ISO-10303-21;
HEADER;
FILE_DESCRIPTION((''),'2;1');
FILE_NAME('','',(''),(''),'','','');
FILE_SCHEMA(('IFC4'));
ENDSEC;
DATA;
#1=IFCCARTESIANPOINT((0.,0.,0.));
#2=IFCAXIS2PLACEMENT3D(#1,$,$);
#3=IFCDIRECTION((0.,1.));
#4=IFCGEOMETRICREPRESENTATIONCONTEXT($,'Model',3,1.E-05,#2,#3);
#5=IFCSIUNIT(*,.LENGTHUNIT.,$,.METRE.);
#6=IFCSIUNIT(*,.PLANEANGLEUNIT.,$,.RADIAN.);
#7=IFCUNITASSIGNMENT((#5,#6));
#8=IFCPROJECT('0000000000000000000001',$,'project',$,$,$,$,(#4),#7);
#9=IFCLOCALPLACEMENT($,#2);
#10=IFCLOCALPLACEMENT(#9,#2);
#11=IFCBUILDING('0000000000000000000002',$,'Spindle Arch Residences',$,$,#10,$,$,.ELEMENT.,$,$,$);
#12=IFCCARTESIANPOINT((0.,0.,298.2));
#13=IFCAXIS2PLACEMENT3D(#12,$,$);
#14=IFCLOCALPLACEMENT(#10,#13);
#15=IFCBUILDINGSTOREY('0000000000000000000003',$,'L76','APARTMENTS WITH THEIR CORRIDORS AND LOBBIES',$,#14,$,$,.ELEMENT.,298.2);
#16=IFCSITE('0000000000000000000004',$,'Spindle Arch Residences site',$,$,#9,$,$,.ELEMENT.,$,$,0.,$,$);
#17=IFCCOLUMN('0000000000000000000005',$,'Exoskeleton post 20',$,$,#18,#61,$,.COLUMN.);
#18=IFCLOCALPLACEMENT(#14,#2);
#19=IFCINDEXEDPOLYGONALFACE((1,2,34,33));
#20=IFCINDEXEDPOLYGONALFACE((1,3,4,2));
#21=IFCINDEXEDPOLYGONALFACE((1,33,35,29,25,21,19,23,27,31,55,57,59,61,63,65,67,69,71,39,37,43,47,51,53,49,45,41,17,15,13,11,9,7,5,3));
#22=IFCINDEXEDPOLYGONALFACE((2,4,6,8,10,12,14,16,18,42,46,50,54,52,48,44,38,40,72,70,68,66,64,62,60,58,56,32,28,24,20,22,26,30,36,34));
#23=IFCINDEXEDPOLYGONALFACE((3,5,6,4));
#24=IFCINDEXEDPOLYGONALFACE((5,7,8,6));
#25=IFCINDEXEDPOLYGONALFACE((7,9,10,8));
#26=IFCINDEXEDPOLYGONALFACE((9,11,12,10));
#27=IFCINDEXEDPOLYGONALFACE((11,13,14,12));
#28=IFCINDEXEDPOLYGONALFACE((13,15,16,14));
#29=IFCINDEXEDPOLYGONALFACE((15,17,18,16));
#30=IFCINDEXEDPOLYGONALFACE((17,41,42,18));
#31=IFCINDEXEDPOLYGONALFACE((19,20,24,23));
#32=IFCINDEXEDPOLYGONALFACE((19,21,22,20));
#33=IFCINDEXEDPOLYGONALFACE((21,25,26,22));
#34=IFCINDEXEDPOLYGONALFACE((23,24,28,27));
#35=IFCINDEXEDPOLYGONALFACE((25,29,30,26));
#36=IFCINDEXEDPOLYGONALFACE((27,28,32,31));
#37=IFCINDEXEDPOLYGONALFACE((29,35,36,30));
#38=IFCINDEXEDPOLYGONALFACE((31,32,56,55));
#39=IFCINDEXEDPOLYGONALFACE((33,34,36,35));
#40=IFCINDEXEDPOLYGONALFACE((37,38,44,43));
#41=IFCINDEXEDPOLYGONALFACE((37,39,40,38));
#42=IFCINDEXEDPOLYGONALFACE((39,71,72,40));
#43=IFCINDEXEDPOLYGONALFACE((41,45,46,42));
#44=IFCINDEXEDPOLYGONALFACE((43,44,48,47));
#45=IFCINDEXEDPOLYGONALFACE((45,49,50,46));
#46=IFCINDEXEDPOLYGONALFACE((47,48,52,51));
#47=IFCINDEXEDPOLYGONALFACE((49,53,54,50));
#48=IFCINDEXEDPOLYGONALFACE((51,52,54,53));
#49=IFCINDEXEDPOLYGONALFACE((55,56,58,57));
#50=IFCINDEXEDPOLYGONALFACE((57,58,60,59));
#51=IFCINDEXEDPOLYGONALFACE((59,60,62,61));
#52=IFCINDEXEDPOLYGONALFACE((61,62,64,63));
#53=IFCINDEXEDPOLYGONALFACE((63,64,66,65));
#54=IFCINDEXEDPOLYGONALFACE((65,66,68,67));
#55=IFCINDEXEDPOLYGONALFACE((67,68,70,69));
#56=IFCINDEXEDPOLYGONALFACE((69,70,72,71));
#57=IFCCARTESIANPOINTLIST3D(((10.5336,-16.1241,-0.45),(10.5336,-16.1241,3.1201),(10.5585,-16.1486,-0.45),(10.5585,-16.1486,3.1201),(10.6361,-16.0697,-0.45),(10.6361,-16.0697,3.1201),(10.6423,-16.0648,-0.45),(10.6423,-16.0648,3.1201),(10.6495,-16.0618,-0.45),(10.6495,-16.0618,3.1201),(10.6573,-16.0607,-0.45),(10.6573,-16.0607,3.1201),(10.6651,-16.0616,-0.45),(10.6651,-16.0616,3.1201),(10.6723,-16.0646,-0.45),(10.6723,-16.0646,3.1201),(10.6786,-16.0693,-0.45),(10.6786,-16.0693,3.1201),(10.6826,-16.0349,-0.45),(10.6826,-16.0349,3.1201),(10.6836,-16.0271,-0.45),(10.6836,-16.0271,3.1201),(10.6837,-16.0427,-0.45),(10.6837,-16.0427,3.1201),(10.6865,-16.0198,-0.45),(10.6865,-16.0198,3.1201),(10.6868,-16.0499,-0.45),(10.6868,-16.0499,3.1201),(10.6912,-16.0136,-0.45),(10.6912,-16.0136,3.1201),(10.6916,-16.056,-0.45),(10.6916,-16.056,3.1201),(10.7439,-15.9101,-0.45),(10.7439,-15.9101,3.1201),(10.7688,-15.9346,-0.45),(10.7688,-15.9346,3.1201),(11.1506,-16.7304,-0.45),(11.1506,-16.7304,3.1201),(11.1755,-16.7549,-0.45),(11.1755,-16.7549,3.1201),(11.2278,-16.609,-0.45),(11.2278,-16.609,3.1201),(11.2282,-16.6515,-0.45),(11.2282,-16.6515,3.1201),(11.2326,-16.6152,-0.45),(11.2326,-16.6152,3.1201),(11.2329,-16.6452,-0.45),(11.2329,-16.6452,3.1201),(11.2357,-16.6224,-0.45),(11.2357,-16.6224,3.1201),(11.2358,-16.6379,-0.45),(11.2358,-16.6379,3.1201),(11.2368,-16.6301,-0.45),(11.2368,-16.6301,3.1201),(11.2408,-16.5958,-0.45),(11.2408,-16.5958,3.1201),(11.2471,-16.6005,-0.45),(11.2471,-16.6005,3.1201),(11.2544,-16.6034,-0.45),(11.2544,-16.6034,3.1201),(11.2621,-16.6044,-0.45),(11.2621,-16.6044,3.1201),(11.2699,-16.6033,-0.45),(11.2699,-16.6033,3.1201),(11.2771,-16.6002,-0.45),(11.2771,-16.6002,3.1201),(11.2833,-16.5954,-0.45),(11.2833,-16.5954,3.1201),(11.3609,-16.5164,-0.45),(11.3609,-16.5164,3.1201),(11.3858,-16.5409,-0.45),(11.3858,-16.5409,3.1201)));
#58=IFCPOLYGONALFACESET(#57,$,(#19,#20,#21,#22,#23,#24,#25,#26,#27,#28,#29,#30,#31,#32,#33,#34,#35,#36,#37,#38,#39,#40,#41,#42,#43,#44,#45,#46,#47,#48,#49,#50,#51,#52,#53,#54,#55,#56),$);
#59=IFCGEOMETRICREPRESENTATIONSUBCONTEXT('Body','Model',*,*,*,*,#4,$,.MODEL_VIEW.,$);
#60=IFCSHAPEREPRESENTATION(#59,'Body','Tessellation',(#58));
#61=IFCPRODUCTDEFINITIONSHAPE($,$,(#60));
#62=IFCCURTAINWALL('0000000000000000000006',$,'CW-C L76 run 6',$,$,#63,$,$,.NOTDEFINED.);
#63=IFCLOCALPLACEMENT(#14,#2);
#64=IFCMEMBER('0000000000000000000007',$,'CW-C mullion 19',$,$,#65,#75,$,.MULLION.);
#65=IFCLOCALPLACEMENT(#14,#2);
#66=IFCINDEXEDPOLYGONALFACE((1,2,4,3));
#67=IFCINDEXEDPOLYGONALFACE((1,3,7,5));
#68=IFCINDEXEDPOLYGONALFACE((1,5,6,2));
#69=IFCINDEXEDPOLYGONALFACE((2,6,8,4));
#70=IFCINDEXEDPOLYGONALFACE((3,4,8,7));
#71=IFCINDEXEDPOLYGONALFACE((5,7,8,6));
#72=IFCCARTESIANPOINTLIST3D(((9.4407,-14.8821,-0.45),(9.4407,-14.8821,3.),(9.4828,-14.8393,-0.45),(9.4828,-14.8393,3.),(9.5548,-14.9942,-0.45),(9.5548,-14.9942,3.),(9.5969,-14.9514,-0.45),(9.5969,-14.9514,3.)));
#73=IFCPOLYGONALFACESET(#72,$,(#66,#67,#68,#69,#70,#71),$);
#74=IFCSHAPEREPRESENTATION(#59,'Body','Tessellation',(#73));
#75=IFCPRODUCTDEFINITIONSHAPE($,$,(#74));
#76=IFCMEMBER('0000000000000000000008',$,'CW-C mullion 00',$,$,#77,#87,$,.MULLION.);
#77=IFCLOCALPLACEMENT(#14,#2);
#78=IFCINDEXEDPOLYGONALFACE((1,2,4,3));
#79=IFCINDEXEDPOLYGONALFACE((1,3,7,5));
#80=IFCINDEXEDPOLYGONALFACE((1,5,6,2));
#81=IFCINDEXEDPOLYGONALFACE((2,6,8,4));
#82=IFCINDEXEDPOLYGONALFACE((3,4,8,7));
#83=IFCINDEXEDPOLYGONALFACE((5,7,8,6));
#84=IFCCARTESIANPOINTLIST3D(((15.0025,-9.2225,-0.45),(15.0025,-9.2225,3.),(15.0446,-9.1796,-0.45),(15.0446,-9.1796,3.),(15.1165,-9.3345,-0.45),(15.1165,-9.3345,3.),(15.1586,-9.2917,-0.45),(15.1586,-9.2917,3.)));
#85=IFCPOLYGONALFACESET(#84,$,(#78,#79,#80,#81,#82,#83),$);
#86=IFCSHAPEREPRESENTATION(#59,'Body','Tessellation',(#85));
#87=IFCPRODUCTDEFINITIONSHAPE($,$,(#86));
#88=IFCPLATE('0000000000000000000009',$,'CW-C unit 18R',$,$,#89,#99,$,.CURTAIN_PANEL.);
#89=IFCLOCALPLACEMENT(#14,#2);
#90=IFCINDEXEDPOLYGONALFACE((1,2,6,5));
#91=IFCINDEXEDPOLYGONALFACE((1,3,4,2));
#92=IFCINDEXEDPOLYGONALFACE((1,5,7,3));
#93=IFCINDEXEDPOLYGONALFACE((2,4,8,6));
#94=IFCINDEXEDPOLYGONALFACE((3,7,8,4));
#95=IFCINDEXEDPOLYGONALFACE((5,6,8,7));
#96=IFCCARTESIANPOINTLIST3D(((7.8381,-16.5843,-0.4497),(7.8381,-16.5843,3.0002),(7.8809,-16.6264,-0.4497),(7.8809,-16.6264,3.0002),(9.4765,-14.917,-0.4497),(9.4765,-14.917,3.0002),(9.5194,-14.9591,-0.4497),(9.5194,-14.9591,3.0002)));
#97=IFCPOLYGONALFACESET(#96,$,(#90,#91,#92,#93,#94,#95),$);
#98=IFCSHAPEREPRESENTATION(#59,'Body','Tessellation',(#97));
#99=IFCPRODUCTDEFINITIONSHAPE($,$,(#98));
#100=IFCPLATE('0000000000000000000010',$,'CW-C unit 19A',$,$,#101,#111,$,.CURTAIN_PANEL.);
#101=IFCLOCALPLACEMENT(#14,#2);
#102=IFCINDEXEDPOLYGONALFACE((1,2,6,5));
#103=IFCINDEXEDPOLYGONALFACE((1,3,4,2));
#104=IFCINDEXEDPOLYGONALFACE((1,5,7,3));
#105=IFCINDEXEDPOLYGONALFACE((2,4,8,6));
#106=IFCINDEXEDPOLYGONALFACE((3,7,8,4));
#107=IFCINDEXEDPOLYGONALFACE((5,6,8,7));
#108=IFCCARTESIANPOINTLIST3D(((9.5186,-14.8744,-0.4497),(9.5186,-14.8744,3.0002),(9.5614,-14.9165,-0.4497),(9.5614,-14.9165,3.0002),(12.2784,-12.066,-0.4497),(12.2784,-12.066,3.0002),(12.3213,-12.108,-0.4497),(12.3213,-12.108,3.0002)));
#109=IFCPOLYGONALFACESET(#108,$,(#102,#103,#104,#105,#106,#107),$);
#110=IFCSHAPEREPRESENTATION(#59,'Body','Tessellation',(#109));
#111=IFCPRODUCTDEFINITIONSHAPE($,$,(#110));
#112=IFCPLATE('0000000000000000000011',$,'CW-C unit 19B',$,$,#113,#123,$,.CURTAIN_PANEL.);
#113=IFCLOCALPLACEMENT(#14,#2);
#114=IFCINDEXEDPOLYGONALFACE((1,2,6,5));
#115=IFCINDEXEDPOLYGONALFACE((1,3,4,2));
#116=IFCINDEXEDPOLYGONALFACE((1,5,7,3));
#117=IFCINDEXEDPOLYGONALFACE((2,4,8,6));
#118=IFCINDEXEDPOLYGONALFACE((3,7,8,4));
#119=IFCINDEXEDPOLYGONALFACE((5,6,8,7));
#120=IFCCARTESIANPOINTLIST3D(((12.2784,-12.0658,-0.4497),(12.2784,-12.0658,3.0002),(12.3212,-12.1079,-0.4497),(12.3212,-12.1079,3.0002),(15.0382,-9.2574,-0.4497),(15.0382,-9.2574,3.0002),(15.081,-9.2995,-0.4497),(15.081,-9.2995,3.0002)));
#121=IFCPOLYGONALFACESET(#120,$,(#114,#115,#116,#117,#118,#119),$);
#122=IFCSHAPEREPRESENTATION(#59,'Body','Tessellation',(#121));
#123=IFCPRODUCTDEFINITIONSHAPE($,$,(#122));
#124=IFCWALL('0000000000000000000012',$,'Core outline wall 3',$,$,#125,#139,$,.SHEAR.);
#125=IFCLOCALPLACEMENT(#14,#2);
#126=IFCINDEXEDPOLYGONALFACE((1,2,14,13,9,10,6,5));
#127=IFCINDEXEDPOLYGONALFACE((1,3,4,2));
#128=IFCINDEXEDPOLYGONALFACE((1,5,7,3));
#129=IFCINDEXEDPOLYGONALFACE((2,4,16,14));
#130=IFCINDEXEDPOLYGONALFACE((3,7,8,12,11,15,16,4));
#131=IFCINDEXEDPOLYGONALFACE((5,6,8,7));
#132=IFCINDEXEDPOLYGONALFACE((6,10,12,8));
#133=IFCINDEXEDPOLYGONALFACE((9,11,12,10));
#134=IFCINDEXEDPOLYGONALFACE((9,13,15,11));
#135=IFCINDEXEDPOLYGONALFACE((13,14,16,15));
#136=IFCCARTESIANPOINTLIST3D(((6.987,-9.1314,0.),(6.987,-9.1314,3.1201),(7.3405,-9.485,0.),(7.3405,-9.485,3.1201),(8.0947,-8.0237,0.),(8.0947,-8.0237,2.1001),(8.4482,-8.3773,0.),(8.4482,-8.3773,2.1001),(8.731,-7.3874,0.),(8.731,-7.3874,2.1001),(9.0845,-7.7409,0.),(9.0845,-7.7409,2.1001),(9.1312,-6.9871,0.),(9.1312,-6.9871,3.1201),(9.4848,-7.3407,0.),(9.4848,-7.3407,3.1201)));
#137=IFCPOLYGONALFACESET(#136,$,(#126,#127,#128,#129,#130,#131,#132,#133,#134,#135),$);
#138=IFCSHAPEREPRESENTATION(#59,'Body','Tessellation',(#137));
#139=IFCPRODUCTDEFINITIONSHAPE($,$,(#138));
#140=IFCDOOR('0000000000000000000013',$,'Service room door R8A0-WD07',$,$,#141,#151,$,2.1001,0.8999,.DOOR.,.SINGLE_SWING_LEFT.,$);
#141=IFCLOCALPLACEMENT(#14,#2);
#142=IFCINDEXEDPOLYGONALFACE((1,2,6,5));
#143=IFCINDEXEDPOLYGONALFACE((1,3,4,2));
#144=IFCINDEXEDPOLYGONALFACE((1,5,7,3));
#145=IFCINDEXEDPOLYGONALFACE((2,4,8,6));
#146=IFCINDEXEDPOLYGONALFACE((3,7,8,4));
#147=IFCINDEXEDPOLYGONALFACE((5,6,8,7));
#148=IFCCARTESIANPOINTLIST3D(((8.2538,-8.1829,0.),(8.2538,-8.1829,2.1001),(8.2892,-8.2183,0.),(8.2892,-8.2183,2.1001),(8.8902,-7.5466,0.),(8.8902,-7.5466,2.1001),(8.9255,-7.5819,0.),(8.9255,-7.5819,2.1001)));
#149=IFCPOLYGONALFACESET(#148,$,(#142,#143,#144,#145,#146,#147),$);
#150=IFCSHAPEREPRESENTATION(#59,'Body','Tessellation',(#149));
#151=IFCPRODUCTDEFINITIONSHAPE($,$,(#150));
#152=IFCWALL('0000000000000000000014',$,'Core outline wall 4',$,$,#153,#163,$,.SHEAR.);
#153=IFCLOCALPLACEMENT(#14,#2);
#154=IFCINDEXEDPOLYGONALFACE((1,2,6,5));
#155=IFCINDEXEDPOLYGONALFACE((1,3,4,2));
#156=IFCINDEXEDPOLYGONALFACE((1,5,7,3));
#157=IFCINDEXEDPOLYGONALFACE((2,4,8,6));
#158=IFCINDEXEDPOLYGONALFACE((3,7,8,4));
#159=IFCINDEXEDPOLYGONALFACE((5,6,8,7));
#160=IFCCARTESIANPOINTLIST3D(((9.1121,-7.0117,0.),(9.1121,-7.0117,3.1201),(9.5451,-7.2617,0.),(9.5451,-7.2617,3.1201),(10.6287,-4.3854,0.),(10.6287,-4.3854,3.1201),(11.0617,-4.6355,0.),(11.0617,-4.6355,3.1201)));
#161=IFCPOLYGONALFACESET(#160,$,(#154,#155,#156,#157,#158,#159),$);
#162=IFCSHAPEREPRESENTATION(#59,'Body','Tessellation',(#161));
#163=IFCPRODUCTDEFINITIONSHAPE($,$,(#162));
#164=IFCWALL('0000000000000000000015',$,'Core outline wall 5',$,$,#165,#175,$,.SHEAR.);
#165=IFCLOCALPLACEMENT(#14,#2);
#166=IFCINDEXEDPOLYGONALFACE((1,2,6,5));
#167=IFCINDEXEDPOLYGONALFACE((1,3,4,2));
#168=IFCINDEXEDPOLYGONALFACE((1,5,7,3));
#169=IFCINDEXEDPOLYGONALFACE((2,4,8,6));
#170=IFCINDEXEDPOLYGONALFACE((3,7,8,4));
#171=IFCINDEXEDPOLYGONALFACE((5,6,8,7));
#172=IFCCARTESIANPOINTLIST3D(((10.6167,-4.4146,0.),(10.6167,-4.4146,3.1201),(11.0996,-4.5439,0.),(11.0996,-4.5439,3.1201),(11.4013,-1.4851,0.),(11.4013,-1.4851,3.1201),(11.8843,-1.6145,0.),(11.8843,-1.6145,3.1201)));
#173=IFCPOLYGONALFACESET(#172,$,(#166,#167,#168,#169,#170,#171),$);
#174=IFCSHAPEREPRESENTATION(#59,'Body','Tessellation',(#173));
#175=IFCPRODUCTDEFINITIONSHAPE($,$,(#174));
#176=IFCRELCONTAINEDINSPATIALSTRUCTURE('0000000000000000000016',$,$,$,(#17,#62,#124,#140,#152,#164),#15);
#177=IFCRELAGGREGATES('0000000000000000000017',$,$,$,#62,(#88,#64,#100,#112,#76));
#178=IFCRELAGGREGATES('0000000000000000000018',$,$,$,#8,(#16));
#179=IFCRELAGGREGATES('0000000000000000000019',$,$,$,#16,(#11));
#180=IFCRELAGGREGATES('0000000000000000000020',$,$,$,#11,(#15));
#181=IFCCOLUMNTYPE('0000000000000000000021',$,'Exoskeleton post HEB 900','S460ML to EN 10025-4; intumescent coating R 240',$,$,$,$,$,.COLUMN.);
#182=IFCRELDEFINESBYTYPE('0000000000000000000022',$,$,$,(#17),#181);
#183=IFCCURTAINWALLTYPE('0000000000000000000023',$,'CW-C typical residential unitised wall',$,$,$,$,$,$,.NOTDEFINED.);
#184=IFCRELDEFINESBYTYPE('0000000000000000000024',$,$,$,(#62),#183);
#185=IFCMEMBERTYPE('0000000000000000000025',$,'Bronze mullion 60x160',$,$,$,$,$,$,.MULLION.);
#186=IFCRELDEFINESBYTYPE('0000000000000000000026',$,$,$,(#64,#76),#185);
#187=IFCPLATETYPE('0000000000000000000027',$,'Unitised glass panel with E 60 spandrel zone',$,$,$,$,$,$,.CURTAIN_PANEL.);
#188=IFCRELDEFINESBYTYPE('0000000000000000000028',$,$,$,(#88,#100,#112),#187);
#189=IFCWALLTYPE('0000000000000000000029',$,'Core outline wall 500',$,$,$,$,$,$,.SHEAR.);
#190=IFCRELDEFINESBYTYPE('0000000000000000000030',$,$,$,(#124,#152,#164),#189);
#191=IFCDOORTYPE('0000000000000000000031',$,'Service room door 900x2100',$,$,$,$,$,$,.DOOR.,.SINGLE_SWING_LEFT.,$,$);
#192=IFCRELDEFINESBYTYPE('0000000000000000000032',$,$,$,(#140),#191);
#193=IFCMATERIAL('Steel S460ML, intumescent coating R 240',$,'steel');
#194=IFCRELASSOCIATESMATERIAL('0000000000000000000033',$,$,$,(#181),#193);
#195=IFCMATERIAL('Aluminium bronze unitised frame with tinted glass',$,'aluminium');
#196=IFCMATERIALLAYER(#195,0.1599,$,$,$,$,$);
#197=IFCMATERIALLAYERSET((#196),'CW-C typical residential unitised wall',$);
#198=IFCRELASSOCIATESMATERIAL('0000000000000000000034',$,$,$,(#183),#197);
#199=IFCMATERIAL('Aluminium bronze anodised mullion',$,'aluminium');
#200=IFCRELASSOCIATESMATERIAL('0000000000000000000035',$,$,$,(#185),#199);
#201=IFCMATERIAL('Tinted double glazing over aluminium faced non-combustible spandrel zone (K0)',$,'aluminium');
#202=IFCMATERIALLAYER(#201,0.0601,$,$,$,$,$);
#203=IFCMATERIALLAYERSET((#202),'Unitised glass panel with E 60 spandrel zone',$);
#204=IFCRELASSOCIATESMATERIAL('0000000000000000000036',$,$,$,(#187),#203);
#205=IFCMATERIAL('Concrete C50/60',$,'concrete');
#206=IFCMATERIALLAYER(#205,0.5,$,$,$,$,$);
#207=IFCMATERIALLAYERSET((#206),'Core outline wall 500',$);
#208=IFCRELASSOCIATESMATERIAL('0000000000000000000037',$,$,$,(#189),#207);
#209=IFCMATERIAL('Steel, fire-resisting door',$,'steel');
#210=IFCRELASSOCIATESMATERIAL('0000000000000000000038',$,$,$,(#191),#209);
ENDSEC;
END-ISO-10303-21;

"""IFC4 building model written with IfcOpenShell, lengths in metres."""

from ifc_helpers import new_model, si_unit, direction, frame, frame_2d, origin, origin_2d, place, context, subcontext, project, spatial, rectangle, i_section, extrude, material, layer, layer_set, material_profile, profile_set, type_object, element, fill, aggregate, save


model = new_model("IFC4")

# Units and contexts
model_context = context("Model", 3, precision=1e-05, world=origin(), true_north=direction((0.0, 1.0)))
body_context = subcontext(model_context, "Body", "Model", "MODEL_VIEW")
ifc_project = project(units=[si_unit("LENGTHUNIT", "METRE"), si_unit("PLANEANGLEUNIT", "RADIAN")], contexts=[model_context])

# Site, building, storey
site_placement = place(None, origin())
site = spatial("IfcSite", under=ifc_project, at=site_placement, Name="Spindle Arch Residences site", CompositionType="ELEMENT", RefElevation=0.0)
building_placement = place(site_placement, origin())
building = spatial("IfcBuilding", under=site, at=building_placement, Name="Spindle Arch Residences", CompositionType="ELEMENT")
storey_placement = place(building_placement, frame((0.0, 0.0, 298.2)))
storey = spatial("IfcBuildingStorey", under=building, at=storey_placement, Name="L76", Description="APARTMENTS WITH THEIR CORRIDORS AND LOBBIES", CompositionType="ELEMENT", Elevation=298.2)

# Column
ifc_material_1 = material(Name="Steel S460ML, intumescent coating R 240", Category="steel")
ifc_material_profile_1 = material_profile(ifc_material_1, i_section(OverallWidth=0.3, OverallDepth=0.8999, WebThickness=0.0186, FlangeThickness=0.0349, FilletRadius=0.03, at=origin_2d()), Name="HEB 900")
ifc_profile_set_1 = profile_set([ifc_material_profile_1], Name="Steel S460ML, intumescent coating R 240")
column_type = type_object("IfcColumnType", Name="Exoskeleton post HEB 900", Description="S460ML to EN 10025-4; intumescent coating R 240", PredefinedType="COLUMN", material=ifc_profile_set_1)
column_placement = place(storey_placement, frame((10.9597, -16.3325, -0.45), z_axis=(0.0, 0.0, 1.0), x_axis=(-0.700909, -0.71325, 0.0)))
element("IfcColumn", 1, at=column_placement, inside=storey, type_object=column_type, Name="Exoskeleton post 20", PredefinedType="COLUMN", context=body_context, shape_type="SweptSolid", body=[
    extrude(i_section(OverallWidth=0.3, OverallDepth=0.8999, WebThickness=0.0186, FlangeThickness=0.0349, FilletRadius=0.03, at=origin_2d()), origin(), (0.0, 0.0, 1.0), 3.5701),
])

# Curtain wall, members, plates
ifc_material_2 = material(Name="Aluminium bronze unitised frame with tinted glass", Category="aluminium")
ifc_layer_1 = layer(ifc_material_2, 0.1599)
ifc_layer_set_1 = layer_set([ifc_layer_1], Name="CW-C typical residential unitised wall")
curtain_wall_type = type_object("IfcCurtainWallType", Name="CW-C typical residential unitised wall", PredefinedType="NOTDEFINED", material=ifc_layer_set_1)
curtain_wall_placement = place(storey_placement, origin())
curtain_wall = element("IfcCurtainWall", 2, at=curtain_wall_placement, inside=storey, type_object=curtain_wall_type, Name="CW-C L76 run 6", PredefinedType="NOTDEFINED")
ifc_material_3 = material(Name="Aluminium bronze anodised mullion", Category="aluminium")
ifc_material_profile_2 = material_profile(ifc_material_3, rectangle(XDim=0.1599, YDim=0.0601, at=origin_2d()), Name="MU 60x160")
ifc_profile_set_2 = profile_set([ifc_material_profile_2], Name="Aluminium bronze anodised mullion")
member_type = type_object("IfcMemberType", Name="Bronze mullion 60x160", PredefinedType="MULLION", material=ifc_profile_set_2)
member_1_placement = place(storey_placement, frame((9.5188, -14.9167, -0.45), z_axis=(0.0, 0.0, 1.0), x_axis=(-0.71325, 0.700909, 0.0)))
member_1 = element("IfcMember", 3, at=member_1_placement, type_object=member_type, Name="CW-C mullion 19", PredefinedType="MULLION", context=body_context, shape_type="SweptSolid", body=[
    extrude(rectangle(XDim=0.1599, YDim=0.0601, at=origin_2d()), origin(), (0.0, 0.0, 1.0), 3.45),
])
member_2_placement = place(storey_placement, frame((15.0806, -9.2571, -0.45), z_axis=(0.0, 0.0, 1.0), x_axis=(-0.71325, 0.700909, 0.0)))
member_2 = element("IfcMember", 4, at=member_2_placement, type_object=member_type, Name="CW-C mullion 00", PredefinedType="MULLION", context=body_context, shape_type="SweptSolid", body=[
    extrude(rectangle(XDim=0.1599, YDim=0.0601, at=origin_2d()), origin(), (0.0, 0.0, 1.0), 3.45),
])
ifc_material_4 = material(Name="Tinted double glazing over aluminium faced non-combustible spandrel zone (K0)", Category="aluminium")
ifc_layer_2 = layer(ifc_material_4, 0.0601)
ifc_layer_set_2 = layer_set([ifc_layer_2], Name="Unitised glass panel with E 60 spandrel zone")
plate_type = type_object("IfcPlateType", Name="Unitised glass panel with E 60 spandrel zone", PredefinedType="CURTAIN_PANEL", material=ifc_layer_set_2)
plate_1_placement = place(storey_placement, frame((8.6787, -15.7717, -0.4497), z_axis=(0.0, 0.0, 1.0), x_axis=(0.700909, 0.71325, 0.0)))
plate_1 = element("IfcPlate", 5, at=plate_1_placement, type_object=plate_type, Name="CW-C unit 18R", PredefinedType="CURTAIN_PANEL", context=body_context, shape_type="SweptSolid", body=[
    extrude(rectangle(XDim=2.3376, YDim=0.0601, at=origin_2d()), origin(), (0.0, 0.0, 1.0), 3.45),
])
plate_2_placement = place(storey_placement, frame((10.9199, -13.4912, -0.4497), z_axis=(0.0, 0.0, 1.0), x_axis=(0.700909, 0.71325, 0.0)))
plate_2 = element("IfcPlate", 6, at=plate_2_placement, type_object=plate_type, Name="CW-C unit 19A", PredefinedType="CURTAIN_PANEL", context=body_context, shape_type="SweptSolid", body=[
    extrude(rectangle(XDim=3.9375, YDim=0.0601, at=origin_2d()), origin(), (0.0, 0.0, 1.0), 3.45),
])
plate_3_placement = place(storey_placement, frame((13.6797, -10.6826, -0.4497), z_axis=(0.0, 0.0, 1.0), x_axis=(0.700909, 0.71325, 0.0)))
plate_3 = element("IfcPlate", 7, at=plate_3_placement, type_object=plate_type, Name="CW-C unit 19B", PredefinedType="CURTAIN_PANEL", context=body_context, shape_type="SweptSolid", body=[
    extrude(rectangle(XDim=3.9375, YDim=0.0601, at=origin_2d()), origin(), (0.0, 0.0, 1.0), 3.45),
])
aggregate(curtain_wall, [plate_1, member_1, plate_2, plate_3, member_2])

# Wall, opening, door
ifc_material_5 = material(Name="Concrete C50/60", Category="concrete")
ifc_layer_3 = layer(ifc_material_5, 0.5)
ifc_layer_set_3 = layer_set([ifc_layer_3], Name="Core outline wall 500")
wall_type_1 = type_object("IfcWallType", Name="Core outline wall 500", PredefinedType="SHEAR", material=ifc_layer_set_3)
wall_1_placement = place(storey_placement, frame((7.1638, -9.3081, 0.0), z_axis=(0.0, 0.0, 1.0), x_axis=(0.707107, 0.707107, 0.0)))
wall_1 = element("IfcWall", 8, at=wall_1_placement, inside=storey, type_object=wall_type_1, Name="Core outline wall 3", PredefinedType="SHEAR", context=body_context, shape_type="SweptSolid", body=[
    extrude(rectangle(XDim=3.0325, YDim=0.5, at=frame_2d((1.5161, 0.0))), origin(), (0.0, 0.0, 1.0), 3.1201),
])
opening_1_placement = place(wall_1_placement, frame((1.5664, 0.0, 0.0)))
opening_1 = element("IfcOpeningElement", 9, at=opening_1_placement, cuts=wall_1, PredefinedType="OPENING", context=body_context, shape_type="SweptSolid", body=[
    extrude(rectangle(XDim=0.8999, YDim=2.1001, at=frame_2d((0.45, 1.05))), frame((0.0, 0.26, 0.0), z_axis=(0.0, -1.0, 0.0), x_axis=(1.0, 0.0, 0.0)), (0.0, 0.0, 1.0), 0.52),
])
ifc_material_6 = material(Name="Steel, fire-resisting door", Category="steel")
door_type_1 = type_object("IfcDoorType", Name="Service room door 900x2100", OperationType="SINGLE_SWING_LEFT", PredefinedType="DOOR", material=ifc_material_6)
door_1_placement = place(opening_1_placement, origin())
door_1 = element("IfcDoor", 10, at=door_1_placement, inside=storey, type_object=door_type_1, Name="Service room door R8A0-WD07", OperationType="SINGLE_SWING_LEFT", OverallHeight=2.1001, OverallWidth=0.8999, PredefinedType="DOOR", context=body_context, shape_type="SweptSolid", body=[
    extrude(rectangle(XDim=0.8999, YDim=2.1001, at=frame_2d((0.45, 1.05))), frame((0.0, 0.0249, 0.0), z_axis=(0.0, -1.0, 0.0), x_axis=(1.0, 0.0, 0.0)), (0.0, 0.0, 1.0), 0.05),
])
fill(opening_1, door_1)

# Walls
for number, where, z_axis, x_axis, name in (
    (11, (9.3286, -7.1367, 0.0), (0.0, 0.0, 1.0), (0.500087, 0.865975, 0.0), "Core outline wall 4"),
    (12, (10.8582, -4.4792, 0.0), (0.0, 0.0, 1.0), (0.258735, 0.965948, 0.0), "Core outline wall 5"),
):
    element("IfcWall", number, at=place(storey_placement, frame(where, z_axis=z_axis, x_axis=x_axis)), inside=storey, type_object=wall_type_1, Name=name, PredefinedType="SHEAR", context=body_context, shape_type="SweptSolid", body=[
        extrude(rectangle(XDim=3.0327, YDim=0.5, at=frame_2d((1.5164, 0.0))), origin(), (0.0, 0.0, 1.0), 3.1201),
    ])

save(model, "model.ifc")
